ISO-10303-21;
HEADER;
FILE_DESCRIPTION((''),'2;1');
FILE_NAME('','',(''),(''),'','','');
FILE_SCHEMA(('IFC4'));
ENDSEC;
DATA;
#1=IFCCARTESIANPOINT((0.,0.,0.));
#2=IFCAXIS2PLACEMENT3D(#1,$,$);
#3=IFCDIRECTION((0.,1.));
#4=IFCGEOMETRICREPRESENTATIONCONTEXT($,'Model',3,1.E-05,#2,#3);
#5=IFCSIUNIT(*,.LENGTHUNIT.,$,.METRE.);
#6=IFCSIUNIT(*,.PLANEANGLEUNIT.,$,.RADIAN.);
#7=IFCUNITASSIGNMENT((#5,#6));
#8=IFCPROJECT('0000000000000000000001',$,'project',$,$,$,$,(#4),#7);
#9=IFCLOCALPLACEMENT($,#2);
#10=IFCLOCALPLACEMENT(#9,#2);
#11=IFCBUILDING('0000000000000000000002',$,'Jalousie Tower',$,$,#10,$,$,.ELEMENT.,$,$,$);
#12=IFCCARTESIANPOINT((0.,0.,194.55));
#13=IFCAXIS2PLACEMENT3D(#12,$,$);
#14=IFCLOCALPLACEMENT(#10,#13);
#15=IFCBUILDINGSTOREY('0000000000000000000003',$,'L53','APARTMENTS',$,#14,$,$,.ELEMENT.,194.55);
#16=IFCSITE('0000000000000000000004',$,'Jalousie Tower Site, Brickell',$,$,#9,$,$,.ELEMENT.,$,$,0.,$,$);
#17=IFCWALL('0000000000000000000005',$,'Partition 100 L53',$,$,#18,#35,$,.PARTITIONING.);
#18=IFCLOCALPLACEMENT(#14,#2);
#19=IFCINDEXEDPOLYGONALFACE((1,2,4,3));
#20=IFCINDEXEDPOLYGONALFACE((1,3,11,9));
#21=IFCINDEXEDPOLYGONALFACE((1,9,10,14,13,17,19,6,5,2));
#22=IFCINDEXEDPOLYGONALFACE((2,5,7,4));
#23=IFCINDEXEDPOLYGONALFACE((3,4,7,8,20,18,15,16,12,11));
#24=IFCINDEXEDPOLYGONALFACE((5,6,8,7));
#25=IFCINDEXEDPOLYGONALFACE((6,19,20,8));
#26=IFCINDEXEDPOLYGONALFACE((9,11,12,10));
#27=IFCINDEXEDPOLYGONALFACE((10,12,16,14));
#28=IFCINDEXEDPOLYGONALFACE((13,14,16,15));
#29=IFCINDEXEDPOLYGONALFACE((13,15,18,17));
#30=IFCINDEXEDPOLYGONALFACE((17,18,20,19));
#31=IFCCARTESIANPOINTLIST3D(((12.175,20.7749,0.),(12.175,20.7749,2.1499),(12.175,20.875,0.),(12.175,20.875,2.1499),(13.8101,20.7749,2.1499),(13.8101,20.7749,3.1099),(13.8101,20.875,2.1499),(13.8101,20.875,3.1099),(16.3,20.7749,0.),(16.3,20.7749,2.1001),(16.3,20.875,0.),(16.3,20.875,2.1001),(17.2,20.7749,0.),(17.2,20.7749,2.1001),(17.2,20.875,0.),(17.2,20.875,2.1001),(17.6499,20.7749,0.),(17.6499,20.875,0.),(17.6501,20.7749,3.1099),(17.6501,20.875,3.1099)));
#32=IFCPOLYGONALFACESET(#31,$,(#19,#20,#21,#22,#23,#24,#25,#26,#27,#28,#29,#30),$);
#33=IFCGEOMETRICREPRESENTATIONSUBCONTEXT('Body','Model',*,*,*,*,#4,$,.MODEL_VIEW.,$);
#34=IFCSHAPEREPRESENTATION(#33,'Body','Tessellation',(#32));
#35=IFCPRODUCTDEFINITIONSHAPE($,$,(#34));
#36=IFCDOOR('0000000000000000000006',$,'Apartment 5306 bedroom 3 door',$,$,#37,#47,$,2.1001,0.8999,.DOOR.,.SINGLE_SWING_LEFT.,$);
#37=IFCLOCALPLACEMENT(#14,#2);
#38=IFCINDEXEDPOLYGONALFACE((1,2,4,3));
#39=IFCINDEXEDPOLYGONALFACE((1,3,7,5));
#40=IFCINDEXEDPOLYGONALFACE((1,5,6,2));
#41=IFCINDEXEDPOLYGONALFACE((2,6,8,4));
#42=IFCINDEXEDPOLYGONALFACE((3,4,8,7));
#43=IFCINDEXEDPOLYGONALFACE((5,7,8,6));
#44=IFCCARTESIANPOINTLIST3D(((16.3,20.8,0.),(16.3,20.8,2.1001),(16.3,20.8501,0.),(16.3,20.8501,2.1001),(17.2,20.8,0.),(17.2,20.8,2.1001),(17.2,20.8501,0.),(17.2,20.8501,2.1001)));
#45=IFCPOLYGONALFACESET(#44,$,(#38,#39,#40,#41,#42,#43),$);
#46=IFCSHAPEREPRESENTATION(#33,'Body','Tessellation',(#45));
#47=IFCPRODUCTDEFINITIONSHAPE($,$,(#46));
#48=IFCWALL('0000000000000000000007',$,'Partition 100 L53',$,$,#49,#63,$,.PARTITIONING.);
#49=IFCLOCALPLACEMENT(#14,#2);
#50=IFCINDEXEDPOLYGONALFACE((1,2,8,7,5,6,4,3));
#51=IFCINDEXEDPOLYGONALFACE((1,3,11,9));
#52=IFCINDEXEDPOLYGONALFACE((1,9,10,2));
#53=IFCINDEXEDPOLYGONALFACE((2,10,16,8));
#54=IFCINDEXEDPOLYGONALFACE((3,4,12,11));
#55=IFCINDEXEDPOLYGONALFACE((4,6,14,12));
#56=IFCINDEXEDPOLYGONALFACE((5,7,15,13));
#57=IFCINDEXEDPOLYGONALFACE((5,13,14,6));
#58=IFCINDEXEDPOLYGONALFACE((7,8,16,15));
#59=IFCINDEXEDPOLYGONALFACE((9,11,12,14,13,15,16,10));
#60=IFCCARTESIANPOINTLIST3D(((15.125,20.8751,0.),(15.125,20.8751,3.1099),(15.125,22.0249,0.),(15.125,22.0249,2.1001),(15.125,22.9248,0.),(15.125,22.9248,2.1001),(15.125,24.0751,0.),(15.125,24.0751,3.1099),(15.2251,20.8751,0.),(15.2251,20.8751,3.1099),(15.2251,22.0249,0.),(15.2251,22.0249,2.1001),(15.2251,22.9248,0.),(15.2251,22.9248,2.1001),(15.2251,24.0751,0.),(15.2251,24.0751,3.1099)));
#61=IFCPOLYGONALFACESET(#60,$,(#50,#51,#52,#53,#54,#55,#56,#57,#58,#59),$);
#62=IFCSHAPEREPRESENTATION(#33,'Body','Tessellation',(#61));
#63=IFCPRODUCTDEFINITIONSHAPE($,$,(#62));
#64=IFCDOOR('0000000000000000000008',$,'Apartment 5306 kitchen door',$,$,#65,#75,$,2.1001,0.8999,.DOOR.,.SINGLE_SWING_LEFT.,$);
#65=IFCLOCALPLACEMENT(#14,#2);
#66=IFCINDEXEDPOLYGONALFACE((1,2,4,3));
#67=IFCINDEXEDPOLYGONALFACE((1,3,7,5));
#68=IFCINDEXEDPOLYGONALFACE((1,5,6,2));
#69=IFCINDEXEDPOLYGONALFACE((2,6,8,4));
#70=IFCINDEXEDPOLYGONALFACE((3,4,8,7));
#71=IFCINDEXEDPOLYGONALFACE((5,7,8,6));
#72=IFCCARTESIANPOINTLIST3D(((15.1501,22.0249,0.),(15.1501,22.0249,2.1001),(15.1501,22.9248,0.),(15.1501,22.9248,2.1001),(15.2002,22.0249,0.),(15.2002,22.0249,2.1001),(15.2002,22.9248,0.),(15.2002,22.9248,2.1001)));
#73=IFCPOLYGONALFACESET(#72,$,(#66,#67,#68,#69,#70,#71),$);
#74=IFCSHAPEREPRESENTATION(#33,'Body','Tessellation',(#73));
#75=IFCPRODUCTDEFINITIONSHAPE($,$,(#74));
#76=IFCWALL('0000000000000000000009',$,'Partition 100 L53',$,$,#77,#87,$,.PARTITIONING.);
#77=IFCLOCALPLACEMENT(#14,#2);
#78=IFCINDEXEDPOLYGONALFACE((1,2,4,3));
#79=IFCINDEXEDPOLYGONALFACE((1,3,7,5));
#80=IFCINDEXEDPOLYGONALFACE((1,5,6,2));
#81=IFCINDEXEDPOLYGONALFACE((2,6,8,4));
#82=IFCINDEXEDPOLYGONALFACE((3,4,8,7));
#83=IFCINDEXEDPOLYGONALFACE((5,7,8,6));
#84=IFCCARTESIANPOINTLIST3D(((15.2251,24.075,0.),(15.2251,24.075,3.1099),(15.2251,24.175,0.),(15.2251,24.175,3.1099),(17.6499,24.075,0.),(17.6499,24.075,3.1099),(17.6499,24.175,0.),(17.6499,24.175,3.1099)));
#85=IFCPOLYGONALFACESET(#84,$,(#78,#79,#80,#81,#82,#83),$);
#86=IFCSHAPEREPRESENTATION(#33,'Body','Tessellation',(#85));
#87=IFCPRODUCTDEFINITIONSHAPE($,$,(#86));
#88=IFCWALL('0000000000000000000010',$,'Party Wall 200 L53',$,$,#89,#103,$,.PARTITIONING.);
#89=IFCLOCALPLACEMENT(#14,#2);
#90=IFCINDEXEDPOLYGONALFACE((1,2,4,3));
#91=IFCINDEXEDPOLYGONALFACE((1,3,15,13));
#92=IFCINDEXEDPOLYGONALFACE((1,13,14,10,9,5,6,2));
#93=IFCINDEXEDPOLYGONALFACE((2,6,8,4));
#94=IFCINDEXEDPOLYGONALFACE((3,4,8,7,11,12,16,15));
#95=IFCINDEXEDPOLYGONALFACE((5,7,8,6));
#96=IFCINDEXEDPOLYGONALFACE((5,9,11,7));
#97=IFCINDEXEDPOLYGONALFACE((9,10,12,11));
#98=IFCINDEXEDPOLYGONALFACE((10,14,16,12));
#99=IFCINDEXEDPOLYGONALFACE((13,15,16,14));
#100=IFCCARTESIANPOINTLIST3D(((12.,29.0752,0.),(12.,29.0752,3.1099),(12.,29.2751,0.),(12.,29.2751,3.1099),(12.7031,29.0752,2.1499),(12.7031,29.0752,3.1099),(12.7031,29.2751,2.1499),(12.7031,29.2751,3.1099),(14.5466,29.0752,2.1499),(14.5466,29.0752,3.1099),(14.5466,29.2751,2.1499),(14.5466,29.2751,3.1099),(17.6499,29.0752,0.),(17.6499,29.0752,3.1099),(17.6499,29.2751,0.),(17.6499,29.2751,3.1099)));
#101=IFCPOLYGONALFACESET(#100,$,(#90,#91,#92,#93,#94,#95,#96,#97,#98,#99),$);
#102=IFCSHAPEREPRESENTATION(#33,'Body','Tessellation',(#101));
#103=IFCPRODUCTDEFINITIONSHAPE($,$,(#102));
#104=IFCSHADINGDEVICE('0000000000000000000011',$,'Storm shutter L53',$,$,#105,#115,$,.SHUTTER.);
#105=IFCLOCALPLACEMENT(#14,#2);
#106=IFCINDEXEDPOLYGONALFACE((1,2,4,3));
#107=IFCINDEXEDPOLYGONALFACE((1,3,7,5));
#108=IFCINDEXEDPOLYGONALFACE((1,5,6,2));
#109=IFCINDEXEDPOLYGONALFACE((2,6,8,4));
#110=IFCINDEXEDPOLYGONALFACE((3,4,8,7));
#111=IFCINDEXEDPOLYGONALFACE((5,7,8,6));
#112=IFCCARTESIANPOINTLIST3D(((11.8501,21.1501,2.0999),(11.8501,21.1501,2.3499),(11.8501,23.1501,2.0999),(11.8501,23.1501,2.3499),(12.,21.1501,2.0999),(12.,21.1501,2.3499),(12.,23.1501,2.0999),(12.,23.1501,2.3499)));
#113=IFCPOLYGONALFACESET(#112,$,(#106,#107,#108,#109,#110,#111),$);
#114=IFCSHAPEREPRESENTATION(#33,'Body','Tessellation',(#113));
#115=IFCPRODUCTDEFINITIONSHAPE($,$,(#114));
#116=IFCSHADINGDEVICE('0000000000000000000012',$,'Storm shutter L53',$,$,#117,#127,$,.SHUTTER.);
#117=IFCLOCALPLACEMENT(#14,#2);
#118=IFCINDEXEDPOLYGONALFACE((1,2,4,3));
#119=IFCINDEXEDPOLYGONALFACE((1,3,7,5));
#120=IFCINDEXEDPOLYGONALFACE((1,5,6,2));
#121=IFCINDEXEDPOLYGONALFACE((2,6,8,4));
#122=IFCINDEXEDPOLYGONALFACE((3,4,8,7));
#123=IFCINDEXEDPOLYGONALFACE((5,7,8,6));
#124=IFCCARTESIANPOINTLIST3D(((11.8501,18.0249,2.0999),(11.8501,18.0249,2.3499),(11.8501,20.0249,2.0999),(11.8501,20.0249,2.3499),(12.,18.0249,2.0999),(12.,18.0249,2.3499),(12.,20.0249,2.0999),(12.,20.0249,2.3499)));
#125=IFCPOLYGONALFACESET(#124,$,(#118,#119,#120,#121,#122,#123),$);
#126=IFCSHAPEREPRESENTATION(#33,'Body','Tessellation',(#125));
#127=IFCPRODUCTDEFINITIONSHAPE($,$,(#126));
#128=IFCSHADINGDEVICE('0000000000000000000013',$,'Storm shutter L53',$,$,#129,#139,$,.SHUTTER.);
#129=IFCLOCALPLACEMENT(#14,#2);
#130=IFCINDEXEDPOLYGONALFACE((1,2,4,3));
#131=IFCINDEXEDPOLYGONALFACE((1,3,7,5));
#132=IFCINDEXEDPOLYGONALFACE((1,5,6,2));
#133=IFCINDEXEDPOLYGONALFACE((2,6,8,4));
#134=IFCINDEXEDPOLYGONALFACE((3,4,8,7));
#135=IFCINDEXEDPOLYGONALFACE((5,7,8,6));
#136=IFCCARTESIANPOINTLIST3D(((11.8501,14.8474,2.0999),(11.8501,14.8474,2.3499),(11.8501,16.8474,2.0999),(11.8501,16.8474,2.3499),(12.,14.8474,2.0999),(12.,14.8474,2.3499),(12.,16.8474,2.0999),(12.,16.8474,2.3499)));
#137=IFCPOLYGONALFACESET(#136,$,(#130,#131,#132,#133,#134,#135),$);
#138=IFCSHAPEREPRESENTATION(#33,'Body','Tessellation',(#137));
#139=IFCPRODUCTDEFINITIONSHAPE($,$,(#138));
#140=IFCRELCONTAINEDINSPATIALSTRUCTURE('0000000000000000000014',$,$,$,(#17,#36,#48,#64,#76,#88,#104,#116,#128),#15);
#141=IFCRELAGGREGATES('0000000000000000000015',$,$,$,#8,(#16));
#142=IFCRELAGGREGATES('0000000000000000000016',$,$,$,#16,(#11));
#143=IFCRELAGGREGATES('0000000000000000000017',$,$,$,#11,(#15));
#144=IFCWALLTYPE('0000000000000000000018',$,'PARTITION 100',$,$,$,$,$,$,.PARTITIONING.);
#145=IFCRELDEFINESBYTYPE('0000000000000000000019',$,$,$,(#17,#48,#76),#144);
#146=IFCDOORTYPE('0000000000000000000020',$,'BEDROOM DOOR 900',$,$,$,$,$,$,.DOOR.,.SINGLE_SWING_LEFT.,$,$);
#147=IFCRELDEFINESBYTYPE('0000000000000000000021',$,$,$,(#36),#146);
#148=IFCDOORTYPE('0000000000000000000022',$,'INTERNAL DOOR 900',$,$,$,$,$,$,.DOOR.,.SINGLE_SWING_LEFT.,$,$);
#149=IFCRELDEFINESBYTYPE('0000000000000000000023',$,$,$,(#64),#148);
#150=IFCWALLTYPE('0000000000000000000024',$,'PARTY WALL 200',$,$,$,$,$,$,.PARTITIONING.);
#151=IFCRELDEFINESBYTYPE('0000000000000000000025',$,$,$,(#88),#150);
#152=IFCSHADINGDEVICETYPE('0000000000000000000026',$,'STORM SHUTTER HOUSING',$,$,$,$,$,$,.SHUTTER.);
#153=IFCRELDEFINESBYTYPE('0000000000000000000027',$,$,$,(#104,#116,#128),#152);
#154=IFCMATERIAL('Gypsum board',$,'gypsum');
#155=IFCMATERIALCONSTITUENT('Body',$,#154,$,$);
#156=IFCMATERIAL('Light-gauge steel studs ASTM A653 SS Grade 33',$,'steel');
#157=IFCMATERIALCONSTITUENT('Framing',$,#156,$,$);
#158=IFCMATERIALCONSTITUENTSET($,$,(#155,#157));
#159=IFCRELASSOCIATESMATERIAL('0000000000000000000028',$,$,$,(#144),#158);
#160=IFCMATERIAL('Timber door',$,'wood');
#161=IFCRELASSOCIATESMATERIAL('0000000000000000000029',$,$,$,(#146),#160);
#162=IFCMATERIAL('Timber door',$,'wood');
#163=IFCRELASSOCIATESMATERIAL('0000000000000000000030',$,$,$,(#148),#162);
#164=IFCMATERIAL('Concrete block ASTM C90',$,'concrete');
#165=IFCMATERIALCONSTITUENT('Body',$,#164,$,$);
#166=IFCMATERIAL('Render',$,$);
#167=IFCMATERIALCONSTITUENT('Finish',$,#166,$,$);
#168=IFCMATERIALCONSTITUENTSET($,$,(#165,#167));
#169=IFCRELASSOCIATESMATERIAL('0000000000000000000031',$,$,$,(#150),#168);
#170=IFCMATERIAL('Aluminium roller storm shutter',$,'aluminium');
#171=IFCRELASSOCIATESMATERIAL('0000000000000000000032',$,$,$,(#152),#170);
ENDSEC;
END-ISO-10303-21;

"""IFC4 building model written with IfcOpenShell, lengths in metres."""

from ifc_helpers import new_model, si_unit, direction, frame, frame_2d, origin, origin_2d, place, context, subcontext, project, spatial, polyline, rectangle, outline, extrude, material, constituent, constituent_set, type_object, element, fill, save


model = new_model("IFC4")

# Units and contexts
model_context = context("Model", 3, precision=1e-05, world=origin(), true_north=direction((0.0, 1.0)))
body_context = subcontext(model_context, "Body", "Model", "MODEL_VIEW")
ifc_project = project(units=[si_unit("LENGTHUNIT", "METRE"), si_unit("PLANEANGLEUNIT", "RADIAN")], contexts=[model_context])

# Site, building, storey
site_placement = place(None, origin())
site = spatial("IfcSite", under=ifc_project, at=site_placement, Name="Jalousie Tower Site, Brickell", CompositionType="ELEMENT", RefElevation=0.0)
building_placement = place(site_placement, origin())
building = spatial("IfcBuilding", under=site, at=building_placement, Name="Jalousie Tower", CompositionType="ELEMENT")
storey_placement = place(building_placement, frame((0.0, 0.0, 194.55)))
storey = spatial("IfcBuildingStorey", under=building, at=storey_placement, Name="L53", Description="APARTMENTS", CompositionType="ELEMENT", Elevation=194.55)

# Walls, openings, doors
ifc_material_1 = material(Name="Gypsum board", Category="gypsum")
ifc_constituent_1 = constituent(ifc_material_1, Name="Body")
ifc_material_2 = material(Name="Light-gauge steel studs ASTM A653 SS Grade 33", Category="steel")
ifc_constituent_2 = constituent(ifc_material_2, Name="Framing")
ifc_constituent_set_1 = constituent_set(constituents=[ifc_constituent_1, ifc_constituent_2])
wall_type_1 = type_object("IfcWallType", Name="PARTITION 100", PredefinedType="PARTITIONING", material=ifc_constituent_set_1)
ifc_material_3 = material(Name="Timber door", Category="wood")
door_type_1 = type_object("IfcDoorType", Name="BEDROOM DOOR 900", OperationType="SINGLE_SWING_LEFT", PredefinedType="DOOR", material=ifc_material_3)
wall_1_placement = place(storey_placement, frame((12.175, 20.825, 0.0), z_axis=(0.0, 0.0, 1.0), x_axis=(1.0, 0.0, 0.0)))
wall_1 = element("IfcWall", 1, at=wall_1_placement, inside=storey, type_object=wall_type_1, Name="Partition 100 L53", PredefinedType="PARTITIONING", context=body_context, shape_type="SweptSolid", body=[
    extrude(outline(polyline([(0.0, 0.0), (5.4749, 0.0), (5.4751, 3.1099), (1.635, 3.1099), (1.635, 2.1499), (0.0, 2.1499), (0.0, 3.1099), (0.0, 0.0)])), frame((0.0, 0.05, 0.0), z_axis=(0.0, -1.0, 0.0), x_axis=(1.0, 0.0, 0.0)), (0.0, 0.0, 1.0), 0.1001),
])
opening_1_placement = place(wall_1_placement, frame((4.125, 0.0, 0.0)))
opening_1 = element("IfcOpeningElement", 2, at=opening_1_placement, cuts=wall_1, PredefinedType="OPENING", context=body_context, shape_type="SweptSolid", body=[
    extrude(rectangle(XDim=0.8999, YDim=2.1001, at=frame_2d((0.45, 1.05))), frame((0.0, 0.0601, 0.0), z_axis=(0.0, -1.0, 0.0), x_axis=(1.0, 0.0, 0.0)), (0.0, 0.0, 1.0), 0.1201),
])
door_1_placement = place(opening_1_placement, frame((0.8999, 0.0, 0.0), z_axis=(0.0, 0.0, 1.0), x_axis=(-1.0, 0.0, 0.0)))
door_1 = element("IfcDoor", 3, at=door_1_placement, inside=storey, type_object=door_type_1, Name="Apartment 5306 bedroom 3 door", OperationType="SINGLE_SWING_LEFT", OverallHeight=2.1001, OverallWidth=0.8999, PredefinedType="DOOR", context=body_context, shape_type="SweptSolid", body=[
    extrude(rectangle(XDim=0.8999, YDim=2.1001, at=frame_2d((0.45, 1.05))), frame((0.0, 0.0249, 0.0), z_axis=(0.0, -1.0, 0.0), x_axis=(1.0, 0.0, 0.0)), (0.0, 0.0, 1.0), 0.05),
])
fill(opening_1, door_1)
wall_2_placement = place(storey_placement, frame((15.175, 20.875, 0.0), z_axis=(0.0, 0.0, 1.0), x_axis=(0.0, 1.0, 0.0)))
wall_2 = element("IfcWall", 4, at=wall_2_placement, inside=storey, type_object=wall_type_1, Name="Partition 100 L53", PredefinedType="PARTITIONING", context=body_context, shape_type="SweptSolid", body=[
    extrude(rectangle(XDim=3.2, YDim=0.1001, at=frame_2d((1.6001, 0.0))), origin(), (0.0, 0.0, 1.0), 3.1099),
])
opening_2_placement = place(wall_2_placement, frame((1.1499, 0.0, 0.0)))
opening_2 = element("IfcOpeningElement", 5, at=opening_2_placement, cuts=wall_2, PredefinedType="OPENING", context=body_context, shape_type="SweptSolid", body=[
    extrude(rectangle(XDim=0.8999, YDim=2.1001, at=frame_2d((0.45, 1.05))), frame((0.0, 0.0601, 0.0), z_axis=(0.0, -1.0, 0.0), x_axis=(1.0, 0.0, 0.0)), (0.0, 0.0, 1.0), 0.1201),
])
ifc_material_4 = material(Name="Timber door", Category="wood")
door_type_2 = type_object("IfcDoorType", Name="INTERNAL DOOR 900", OperationType="SINGLE_SWING_LEFT", PredefinedType="DOOR", material=ifc_material_4)
door_2_placement = place(opening_2_placement, origin())
door_2 = element("IfcDoor", 6, at=door_2_placement, inside=storey, type_object=door_type_2, Name="Apartment 5306 kitchen door", OperationType="SINGLE_SWING_LEFT", OverallHeight=2.1001, OverallWidth=0.8999, PredefinedType="DOOR", context=body_context, shape_type="SweptSolid", body=[
    extrude(rectangle(XDim=0.8999, YDim=2.1001, at=frame_2d((0.45, 1.05))), frame((0.0, 0.0249, 0.0), z_axis=(0.0, -1.0, 0.0), x_axis=(1.0, 0.0, 0.0)), (0.0, 0.0, 1.0), 0.05),
])
fill(opening_2, door_2)

# Walls
wall_3_placement = place(storey_placement, frame((15.2251, 24.125, 0.0), z_axis=(0.0, 0.0, 1.0), x_axis=(1.0, 0.0, 0.0)))
element("IfcWall", 7, at=wall_3_placement, inside=storey, type_object=wall_type_1, Name="Partition 100 L53", PredefinedType="PARTITIONING", context=body_context, shape_type="SweptSolid", body=[
    extrude(rectangle(XDim=2.4248, YDim=0.1001, at=frame_2d((1.2124, 0.0))), origin(), (0.0, 0.0, 1.0), 3.1099),
])
ifc_material_5 = material(Name="Concrete block ASTM C90", Category="concrete")
ifc_constituent_3 = constituent(ifc_material_5, Name="Body")
ifc_material_6 = material(Name="Render")
ifc_constituent_4 = constituent(ifc_material_6, Name="Finish")
ifc_constituent_set_2 = constituent_set(constituents=[ifc_constituent_3, ifc_constituent_4])
wall_type_2 = type_object("IfcWallType", Name="PARTY WALL 200", PredefinedType="PARTITIONING", material=ifc_constituent_set_2)
wall_4_placement = place(storey_placement, frame((12.0, 29.175, 0.0), z_axis=(0.0, 0.0, 1.0), x_axis=(1.0, 0.0, 0.0)))
element("IfcWall", 8, at=wall_4_placement, inside=storey, type_object=wall_type_2, Name="Party Wall 200 L53", PredefinedType="PARTITIONING", context=body_context, shape_type="SweptSolid", body=[
    extrude(outline(polyline([(0.0, 0.0), (5.6499, 0.0), (5.6499, 3.1099), (2.5466, 3.1099), (2.5466, 2.1499), (0.7031, 2.1499), (0.7031, 3.1099), (0.0, 3.1099), (0.0, 0.0)])), frame((0.0, 0.1001, 0.0), z_axis=(0.0, -1.0, 0.0), x_axis=(1.0, 0.0, 0.0)), (0.0, 0.0, 1.0), 0.2),
])

# Shading devices
ifc_material_7 = material(Name="Aluminium roller storm shutter", Category="aluminium")
shading_device_type = type_object("IfcShadingDeviceType", Name="STORM SHUTTER HOUSING", PredefinedType="SHUTTER", material=ifc_material_7)
for number, where, z_axis, x_axis, name in (
    (9, (11.925, 22.1501, 2.0999), (0.0, 0.0, 1.0), (0.0, -1.0, 0.0), "Storm shutter L53"),
    (10, (11.925, 19.0249, 2.0999), (0.0, 0.0, 1.0), (0.0, -1.0, 0.0), "Storm shutter L53"),
    (11, (11.925, 15.8474, 2.0999), (0.0, 0.0, 1.0), (0.0, -1.0, 0.0), "Storm shutter L53"),
):
    element("IfcShadingDevice", number, at=place(storey_placement, frame(where, z_axis=z_axis, x_axis=x_axis)), inside=storey, type_object=shading_device_type, Name=name, PredefinedType="SHUTTER", context=body_context, shape_type="SweptSolid", body=[
        extrude(rectangle(XDim=2.0, YDim=0.1499, at=origin_2d()), origin(), (0.0, 0.0, 1.0), 0.25),
    ])

save(model, "model.ifc")
